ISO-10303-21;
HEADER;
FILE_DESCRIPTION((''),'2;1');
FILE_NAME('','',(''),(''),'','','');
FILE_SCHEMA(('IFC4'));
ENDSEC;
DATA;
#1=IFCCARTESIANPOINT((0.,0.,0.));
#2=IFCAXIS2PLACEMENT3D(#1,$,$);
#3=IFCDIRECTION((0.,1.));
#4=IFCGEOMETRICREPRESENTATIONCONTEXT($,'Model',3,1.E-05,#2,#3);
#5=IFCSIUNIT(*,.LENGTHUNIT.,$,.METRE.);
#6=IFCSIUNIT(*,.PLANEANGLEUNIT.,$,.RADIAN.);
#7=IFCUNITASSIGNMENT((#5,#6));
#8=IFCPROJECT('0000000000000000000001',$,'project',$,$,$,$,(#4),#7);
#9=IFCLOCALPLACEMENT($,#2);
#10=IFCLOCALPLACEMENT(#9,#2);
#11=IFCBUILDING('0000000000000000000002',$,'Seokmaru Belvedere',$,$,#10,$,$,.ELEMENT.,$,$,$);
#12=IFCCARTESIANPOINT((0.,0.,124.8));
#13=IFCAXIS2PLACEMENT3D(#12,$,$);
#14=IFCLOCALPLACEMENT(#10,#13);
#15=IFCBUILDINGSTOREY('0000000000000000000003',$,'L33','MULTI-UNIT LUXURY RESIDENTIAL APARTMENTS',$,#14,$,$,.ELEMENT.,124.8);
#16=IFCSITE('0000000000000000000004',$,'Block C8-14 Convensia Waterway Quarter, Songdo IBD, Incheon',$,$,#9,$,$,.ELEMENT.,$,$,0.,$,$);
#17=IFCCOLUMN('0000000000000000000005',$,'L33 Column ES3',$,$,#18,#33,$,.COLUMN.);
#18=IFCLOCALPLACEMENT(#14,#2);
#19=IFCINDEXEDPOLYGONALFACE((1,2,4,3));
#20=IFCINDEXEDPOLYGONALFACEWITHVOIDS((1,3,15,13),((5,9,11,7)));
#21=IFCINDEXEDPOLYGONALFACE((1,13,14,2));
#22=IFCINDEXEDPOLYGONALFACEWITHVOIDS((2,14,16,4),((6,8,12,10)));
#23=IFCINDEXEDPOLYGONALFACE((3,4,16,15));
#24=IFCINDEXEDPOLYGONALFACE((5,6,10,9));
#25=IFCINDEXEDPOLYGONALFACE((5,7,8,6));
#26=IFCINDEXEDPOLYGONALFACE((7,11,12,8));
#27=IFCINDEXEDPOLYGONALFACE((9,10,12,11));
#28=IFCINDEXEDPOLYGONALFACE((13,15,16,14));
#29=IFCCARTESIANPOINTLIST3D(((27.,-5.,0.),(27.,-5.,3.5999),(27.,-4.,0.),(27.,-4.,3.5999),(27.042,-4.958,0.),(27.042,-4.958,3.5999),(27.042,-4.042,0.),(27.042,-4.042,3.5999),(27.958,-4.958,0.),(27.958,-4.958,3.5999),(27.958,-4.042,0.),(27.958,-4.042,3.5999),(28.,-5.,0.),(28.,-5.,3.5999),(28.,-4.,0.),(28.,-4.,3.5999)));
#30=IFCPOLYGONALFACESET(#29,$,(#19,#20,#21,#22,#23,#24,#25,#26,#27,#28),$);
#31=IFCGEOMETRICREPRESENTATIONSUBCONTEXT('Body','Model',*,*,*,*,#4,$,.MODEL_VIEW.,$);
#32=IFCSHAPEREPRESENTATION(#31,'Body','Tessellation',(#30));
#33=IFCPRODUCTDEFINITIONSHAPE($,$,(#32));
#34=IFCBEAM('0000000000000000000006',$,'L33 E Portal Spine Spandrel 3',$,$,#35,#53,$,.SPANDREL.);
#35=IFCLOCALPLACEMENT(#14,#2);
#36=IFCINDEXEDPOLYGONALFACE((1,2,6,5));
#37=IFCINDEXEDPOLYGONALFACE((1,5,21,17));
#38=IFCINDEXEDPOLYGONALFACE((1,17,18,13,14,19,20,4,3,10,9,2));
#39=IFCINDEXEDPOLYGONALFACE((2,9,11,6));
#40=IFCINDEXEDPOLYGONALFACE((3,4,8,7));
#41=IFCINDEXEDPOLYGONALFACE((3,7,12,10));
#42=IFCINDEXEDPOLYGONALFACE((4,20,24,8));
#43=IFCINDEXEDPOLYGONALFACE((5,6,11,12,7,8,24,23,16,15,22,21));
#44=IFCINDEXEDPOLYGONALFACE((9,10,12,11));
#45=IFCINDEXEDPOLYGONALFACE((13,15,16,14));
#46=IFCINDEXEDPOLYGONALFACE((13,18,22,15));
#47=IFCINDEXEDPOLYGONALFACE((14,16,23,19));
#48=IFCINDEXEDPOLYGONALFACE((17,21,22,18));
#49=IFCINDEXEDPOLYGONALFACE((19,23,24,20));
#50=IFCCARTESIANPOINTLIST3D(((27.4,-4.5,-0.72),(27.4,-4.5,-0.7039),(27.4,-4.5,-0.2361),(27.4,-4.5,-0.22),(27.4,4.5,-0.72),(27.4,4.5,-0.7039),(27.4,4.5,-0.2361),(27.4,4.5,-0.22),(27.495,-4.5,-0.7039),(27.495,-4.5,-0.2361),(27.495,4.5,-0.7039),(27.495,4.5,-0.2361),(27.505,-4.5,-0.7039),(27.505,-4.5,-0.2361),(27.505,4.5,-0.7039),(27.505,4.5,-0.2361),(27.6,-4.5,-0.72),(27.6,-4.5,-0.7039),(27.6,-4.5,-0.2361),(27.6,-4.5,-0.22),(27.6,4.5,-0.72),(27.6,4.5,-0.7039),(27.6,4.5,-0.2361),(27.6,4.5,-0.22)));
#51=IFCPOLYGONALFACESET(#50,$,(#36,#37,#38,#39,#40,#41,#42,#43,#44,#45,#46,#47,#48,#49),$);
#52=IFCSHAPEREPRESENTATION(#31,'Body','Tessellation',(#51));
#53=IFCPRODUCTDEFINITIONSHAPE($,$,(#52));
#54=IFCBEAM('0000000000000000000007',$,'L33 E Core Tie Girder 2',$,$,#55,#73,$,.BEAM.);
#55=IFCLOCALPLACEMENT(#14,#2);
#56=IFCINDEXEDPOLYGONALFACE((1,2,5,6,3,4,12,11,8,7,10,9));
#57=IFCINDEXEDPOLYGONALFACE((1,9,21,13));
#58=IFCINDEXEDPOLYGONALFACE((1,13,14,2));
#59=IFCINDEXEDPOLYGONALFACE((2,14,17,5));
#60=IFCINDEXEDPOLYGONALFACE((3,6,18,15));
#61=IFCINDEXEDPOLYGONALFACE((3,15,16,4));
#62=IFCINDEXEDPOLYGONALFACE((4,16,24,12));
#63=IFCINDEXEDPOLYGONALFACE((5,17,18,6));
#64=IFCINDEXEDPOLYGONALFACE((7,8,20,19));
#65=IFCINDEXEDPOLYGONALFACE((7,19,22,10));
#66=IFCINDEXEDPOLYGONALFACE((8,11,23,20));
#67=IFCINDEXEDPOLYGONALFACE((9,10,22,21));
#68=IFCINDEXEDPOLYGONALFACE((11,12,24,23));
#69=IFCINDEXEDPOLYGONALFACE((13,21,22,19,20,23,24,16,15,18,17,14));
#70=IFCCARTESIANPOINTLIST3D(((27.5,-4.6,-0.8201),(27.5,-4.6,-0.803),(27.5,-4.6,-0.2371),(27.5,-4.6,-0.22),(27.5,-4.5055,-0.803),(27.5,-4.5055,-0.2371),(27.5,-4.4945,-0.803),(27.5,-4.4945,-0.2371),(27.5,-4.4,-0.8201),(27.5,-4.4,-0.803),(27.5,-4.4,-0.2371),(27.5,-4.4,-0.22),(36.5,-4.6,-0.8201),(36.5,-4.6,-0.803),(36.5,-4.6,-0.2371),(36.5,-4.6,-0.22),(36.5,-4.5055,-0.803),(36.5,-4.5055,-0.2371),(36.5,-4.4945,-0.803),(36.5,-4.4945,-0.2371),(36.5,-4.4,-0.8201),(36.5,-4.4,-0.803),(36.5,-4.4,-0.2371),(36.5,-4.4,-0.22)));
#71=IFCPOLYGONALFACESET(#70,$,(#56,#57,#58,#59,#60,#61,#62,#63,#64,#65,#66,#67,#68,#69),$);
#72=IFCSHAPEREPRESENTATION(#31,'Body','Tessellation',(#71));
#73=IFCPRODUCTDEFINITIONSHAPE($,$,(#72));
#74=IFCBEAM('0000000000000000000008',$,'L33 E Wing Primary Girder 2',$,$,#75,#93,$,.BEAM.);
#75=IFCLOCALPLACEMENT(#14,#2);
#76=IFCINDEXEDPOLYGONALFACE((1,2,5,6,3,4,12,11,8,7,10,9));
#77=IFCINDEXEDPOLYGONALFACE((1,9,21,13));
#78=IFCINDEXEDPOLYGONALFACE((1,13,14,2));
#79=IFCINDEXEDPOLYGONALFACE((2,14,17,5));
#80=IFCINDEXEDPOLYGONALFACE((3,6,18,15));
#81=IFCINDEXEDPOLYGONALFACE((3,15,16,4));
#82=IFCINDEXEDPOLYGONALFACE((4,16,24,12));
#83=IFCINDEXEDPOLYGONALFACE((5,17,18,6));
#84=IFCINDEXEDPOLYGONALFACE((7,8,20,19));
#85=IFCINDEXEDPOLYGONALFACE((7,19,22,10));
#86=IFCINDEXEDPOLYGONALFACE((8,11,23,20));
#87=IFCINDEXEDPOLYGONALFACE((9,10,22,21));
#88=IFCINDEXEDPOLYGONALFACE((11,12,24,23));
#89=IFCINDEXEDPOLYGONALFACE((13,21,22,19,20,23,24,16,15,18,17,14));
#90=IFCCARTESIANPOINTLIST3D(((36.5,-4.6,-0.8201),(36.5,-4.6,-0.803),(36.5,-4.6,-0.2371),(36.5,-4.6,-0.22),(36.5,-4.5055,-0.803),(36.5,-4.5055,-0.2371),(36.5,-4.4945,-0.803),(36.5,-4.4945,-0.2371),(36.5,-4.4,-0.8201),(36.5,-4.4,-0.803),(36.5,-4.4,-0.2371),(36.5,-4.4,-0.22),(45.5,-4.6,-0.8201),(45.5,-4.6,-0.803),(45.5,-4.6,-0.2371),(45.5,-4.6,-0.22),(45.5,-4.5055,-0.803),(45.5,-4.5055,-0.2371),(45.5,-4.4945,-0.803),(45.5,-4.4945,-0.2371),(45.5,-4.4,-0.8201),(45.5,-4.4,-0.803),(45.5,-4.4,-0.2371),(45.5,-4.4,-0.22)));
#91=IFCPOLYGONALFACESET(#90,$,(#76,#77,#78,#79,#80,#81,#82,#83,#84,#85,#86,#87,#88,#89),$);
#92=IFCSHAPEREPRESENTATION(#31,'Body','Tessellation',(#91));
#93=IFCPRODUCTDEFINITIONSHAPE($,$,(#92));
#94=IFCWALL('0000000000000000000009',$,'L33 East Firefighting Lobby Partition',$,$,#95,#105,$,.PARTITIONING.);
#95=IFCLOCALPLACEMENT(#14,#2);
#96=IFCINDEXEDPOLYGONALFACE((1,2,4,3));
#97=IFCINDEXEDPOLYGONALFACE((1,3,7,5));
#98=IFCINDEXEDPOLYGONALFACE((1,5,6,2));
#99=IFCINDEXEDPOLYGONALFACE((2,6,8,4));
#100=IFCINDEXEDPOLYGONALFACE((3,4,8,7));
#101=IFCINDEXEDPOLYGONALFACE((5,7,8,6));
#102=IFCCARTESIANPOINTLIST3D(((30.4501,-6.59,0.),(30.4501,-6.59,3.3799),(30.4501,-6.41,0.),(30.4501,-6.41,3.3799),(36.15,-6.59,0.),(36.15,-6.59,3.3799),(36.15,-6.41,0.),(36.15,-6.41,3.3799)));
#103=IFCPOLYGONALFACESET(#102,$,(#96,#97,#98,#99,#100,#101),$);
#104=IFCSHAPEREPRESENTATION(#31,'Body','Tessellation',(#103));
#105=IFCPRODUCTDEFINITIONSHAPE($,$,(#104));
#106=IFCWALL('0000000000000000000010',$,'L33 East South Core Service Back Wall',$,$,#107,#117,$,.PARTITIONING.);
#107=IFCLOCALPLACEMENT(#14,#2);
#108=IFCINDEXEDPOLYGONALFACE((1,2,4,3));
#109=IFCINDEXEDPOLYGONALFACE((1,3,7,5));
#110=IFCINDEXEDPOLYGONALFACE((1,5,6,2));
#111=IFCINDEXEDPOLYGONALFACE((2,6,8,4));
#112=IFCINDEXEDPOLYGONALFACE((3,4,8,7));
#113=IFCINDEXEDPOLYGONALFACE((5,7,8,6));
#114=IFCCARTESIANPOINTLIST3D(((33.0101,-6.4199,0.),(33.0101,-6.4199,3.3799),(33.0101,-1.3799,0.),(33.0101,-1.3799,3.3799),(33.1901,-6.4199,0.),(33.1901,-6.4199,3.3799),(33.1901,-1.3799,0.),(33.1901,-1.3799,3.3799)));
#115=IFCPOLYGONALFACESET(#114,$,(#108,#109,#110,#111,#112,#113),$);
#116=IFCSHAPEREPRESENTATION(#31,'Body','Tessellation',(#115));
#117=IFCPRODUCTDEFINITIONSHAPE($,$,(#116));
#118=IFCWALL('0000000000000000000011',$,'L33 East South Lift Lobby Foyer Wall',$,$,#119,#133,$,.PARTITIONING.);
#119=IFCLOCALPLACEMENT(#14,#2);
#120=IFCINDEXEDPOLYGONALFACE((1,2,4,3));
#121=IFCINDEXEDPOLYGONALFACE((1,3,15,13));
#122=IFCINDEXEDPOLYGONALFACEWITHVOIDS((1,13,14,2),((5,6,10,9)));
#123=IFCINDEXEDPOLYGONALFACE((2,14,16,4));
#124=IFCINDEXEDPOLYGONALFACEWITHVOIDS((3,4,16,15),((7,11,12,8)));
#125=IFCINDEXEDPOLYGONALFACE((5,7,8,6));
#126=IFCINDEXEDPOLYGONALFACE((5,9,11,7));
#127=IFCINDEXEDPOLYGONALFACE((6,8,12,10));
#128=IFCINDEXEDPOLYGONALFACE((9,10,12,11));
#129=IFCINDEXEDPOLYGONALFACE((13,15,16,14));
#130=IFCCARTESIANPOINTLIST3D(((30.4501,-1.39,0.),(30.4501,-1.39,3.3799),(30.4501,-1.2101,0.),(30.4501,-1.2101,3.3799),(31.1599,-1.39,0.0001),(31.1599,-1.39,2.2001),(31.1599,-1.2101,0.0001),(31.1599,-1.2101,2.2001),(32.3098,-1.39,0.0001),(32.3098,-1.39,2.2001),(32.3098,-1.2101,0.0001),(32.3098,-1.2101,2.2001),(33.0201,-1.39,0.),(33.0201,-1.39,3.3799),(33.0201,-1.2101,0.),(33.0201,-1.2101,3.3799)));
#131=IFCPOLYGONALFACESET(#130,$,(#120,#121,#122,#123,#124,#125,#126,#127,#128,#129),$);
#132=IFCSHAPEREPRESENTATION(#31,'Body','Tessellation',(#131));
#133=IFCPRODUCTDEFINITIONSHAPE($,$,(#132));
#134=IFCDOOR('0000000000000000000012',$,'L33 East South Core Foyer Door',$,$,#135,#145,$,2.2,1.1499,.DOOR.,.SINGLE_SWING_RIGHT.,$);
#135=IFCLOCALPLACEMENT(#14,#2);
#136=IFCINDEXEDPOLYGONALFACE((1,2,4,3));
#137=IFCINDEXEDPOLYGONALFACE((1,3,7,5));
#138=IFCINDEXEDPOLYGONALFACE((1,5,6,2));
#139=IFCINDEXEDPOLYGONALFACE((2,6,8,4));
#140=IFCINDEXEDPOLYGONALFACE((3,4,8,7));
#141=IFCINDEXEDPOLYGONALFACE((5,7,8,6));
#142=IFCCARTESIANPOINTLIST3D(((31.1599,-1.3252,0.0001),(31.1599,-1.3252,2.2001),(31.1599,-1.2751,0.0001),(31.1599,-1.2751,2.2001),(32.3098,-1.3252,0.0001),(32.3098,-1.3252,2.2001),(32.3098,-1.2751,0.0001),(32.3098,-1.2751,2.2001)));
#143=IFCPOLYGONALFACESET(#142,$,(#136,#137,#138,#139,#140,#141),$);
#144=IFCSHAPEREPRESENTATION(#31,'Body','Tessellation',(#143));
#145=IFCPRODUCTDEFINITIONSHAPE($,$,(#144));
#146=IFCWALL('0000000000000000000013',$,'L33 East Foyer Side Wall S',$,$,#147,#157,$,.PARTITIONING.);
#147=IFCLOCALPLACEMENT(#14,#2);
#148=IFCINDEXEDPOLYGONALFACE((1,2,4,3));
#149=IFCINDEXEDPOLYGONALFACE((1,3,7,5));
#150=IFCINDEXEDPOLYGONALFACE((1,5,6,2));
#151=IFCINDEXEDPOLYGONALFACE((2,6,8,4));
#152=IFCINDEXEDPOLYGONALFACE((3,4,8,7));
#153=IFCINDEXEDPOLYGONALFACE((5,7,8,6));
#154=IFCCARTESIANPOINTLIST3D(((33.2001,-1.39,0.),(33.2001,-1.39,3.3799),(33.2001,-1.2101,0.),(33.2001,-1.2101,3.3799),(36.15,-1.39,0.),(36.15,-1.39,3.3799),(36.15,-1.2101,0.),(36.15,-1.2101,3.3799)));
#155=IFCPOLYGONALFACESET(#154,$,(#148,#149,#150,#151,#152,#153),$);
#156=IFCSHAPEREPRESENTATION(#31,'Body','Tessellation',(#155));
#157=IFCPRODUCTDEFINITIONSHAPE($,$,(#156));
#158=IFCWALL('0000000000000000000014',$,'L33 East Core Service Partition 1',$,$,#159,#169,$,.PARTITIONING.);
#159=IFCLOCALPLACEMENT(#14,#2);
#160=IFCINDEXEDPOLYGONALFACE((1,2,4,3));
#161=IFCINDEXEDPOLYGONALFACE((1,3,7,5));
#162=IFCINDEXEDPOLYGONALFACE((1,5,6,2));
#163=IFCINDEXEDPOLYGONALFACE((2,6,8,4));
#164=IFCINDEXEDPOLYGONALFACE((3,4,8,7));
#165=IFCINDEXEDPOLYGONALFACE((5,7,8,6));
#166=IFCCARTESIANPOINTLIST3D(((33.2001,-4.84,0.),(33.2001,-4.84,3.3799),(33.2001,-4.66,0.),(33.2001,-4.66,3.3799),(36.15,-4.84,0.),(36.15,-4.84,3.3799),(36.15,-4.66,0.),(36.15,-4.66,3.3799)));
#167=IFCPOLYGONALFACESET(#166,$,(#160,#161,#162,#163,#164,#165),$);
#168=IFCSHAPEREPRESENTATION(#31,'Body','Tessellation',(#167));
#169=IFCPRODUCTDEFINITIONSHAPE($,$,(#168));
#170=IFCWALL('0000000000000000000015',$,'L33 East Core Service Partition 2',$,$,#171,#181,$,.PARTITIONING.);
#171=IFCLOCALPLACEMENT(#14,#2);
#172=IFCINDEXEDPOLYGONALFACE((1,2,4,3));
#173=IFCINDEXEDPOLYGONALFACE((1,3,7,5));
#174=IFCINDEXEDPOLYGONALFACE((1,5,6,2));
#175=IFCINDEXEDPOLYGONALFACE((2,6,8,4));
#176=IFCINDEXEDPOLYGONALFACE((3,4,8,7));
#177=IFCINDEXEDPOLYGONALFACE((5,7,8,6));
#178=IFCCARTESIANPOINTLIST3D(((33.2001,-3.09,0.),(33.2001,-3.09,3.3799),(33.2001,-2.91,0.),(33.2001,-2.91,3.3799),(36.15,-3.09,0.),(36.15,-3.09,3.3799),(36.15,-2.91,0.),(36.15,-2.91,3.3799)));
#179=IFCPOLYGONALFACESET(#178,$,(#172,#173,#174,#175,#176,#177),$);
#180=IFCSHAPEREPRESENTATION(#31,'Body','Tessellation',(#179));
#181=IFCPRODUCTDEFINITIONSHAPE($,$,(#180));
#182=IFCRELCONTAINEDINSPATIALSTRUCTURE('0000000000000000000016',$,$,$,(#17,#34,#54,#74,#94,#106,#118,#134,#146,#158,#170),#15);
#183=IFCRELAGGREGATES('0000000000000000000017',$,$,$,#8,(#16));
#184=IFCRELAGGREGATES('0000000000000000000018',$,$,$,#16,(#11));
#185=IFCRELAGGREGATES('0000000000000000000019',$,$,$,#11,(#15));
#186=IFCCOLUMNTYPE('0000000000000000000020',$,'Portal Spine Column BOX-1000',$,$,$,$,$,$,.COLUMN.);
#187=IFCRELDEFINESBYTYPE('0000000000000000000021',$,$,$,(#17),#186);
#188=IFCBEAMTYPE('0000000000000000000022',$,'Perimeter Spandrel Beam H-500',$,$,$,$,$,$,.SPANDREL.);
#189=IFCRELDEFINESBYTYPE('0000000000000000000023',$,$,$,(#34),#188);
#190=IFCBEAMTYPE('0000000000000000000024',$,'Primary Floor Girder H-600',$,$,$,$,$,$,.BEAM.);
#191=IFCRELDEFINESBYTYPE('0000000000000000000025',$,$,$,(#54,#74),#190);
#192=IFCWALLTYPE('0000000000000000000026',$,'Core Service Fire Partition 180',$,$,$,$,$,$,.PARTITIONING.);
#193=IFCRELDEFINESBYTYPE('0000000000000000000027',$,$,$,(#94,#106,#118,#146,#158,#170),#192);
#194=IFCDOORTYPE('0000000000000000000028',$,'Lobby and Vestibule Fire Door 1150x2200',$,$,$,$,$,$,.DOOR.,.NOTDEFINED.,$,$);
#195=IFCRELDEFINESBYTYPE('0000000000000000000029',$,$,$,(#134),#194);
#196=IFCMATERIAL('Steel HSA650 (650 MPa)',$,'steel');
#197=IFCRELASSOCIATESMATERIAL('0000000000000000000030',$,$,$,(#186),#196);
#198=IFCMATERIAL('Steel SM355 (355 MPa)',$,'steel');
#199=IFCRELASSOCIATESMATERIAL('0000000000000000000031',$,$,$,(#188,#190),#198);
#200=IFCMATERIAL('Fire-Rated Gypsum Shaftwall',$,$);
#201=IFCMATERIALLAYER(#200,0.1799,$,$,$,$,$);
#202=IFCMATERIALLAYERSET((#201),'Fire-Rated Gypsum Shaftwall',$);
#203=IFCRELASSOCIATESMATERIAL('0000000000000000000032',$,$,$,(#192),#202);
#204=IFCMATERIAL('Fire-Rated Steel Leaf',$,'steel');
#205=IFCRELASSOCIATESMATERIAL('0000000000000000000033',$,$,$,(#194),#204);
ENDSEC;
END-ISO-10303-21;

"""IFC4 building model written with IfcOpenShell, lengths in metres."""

from ifc_helpers import new_model, si_unit, direction, frame, frame_2d, origin, origin_2d, place, context, subcontext, project, spatial, rectangle, hollow_rectangle, i_section, extrude, source, transform, mapped, material, layer, layer_set, material_profile, profile_set, type_object, type_shapes, element, fill, save


model = new_model("IFC4")

# Units and contexts
model_context = context("Model", 3, precision=1e-05, world=origin(), true_north=direction((0.0, 1.0)))
body_context = subcontext(model_context, "Body", "Model", "MODEL_VIEW")
ifc_project = project(units=[si_unit("LENGTHUNIT", "METRE"), si_unit("PLANEANGLEUNIT", "RADIAN")], contexts=[model_context])

# Site, building, storey
site_placement = place(None, origin())
site = spatial("IfcSite", under=ifc_project, at=site_placement, Name="Block C8-14 Convensia Waterway Quarter, Songdo IBD, Incheon", CompositionType="ELEMENT", RefElevation=0.0)
building_placement = place(site_placement, origin())
building = spatial("IfcBuilding", under=site, at=building_placement, Name="Seokmaru Belvedere", CompositionType="ELEMENT")
storey_placement = place(building_placement, frame((0.0, 0.0, 124.8)))
storey = spatial("IfcBuildingStorey", under=building, at=storey_placement, Name="L33", Description="MULTI-UNIT LUXURY RESIDENTIAL APARTMENTS", CompositionType="ELEMENT", Elevation=124.8)

# Column
ifc_material_1 = material(Name="Steel HSA650 (650 MPa)", Category="steel")
ifc_material_profile_1 = material_profile(ifc_material_1, hollow_rectangle(XDim=1.0, YDim=1.0, WallThickness=0.042, at=origin_2d()), Name="BOX-1000x1000x42")
ifc_profile_set_1 = profile_set([ifc_material_profile_1], Name="Steel HSA650 (650 MPa)")
column_type = type_object("IfcColumnType", Name="Portal Spine Column BOX-1000", PredefinedType="COLUMN", material=ifc_profile_set_1)
shared_shape_1 = source(origin(), body_context, "Body", "SweptSolid", [
    extrude(hollow_rectangle(XDim=1.0, YDim=1.0, WallThickness=0.042, at=origin_2d()), origin(), (0.0, 0.0, 1.0), 3.5999),
])
type_shapes(column_type, [shared_shape_1])
column_placement = place(storey_placement, frame((27.5, -4.5, 0.0), z_axis=(0.0, 0.0, 1.0), x_axis=(1.0, 0.0, 0.0)))
element("IfcColumn", 1, at=column_placement, inside=storey, type_object=column_type, Name="L33 Column ES3", PredefinedType="COLUMN", context=body_context, shape_type="MappedRepresentation", body=[
    mapped(shared_shape_1, transform((0.0, 0.0, 0.0), scale=1.0)),
])

# Beams
ifc_material_2 = material(Name="Steel SM355 (355 MPa)", Category="steel")
ifc_material_profile_2 = material_profile(ifc_material_2, i_section(OverallWidth=0.2, OverallDepth=0.5, WebThickness=0.01, FlangeThickness=0.0161, at=origin_2d()), Name="H-500x200x10x16")
ifc_profile_set_2 = profile_set([ifc_material_profile_2], Name="Steel SM355 (355 MPa)")
beam_type_1 = type_object("IfcBeamType", Name="Perimeter Spandrel Beam H-500", PredefinedType="SPANDREL", material=ifc_profile_set_2)
shared_shape_2 = source(origin(), body_context, "Body", "SweptSolid", [
    extrude(i_section(OverallWidth=0.2, OverallDepth=0.5, WebThickness=0.01, FlangeThickness=0.0161, at=origin_2d()), origin(), (0.0, 0.0, 1.0), 9.0),
])
type_shapes(beam_type_1, [shared_shape_2])
beam_placement = place(storey_placement, frame((27.5, -4.5, -0.47), z_axis=(0.0, 1.0, 0.0), x_axis=(-1.0, 0.0, 0.0)))
element("IfcBeam", 2, at=beam_placement, inside=storey, type_object=beam_type_1, Name="L33 E Portal Spine Spandrel 3", PredefinedType="SPANDREL", context=body_context, shape_type="MappedRepresentation", body=[
    mapped(shared_shape_2, transform((0.0, 0.0, 0.0), scale=1.0)),
])
ifc_material_profile_3 = material_profile(ifc_material_2, i_section(OverallWidth=0.2, OverallDepth=0.6001, WebThickness=0.011, FlangeThickness=0.0171, at=origin_2d()), Name="H-600x200x11x17")
ifc_profile_set_3 = profile_set([ifc_material_profile_3], Name="Steel SM355 (355 MPa)")
beam_type_2 = type_object("IfcBeamType", Name="Primary Floor Girder H-600", PredefinedType="BEAM", material=ifc_profile_set_3)
shared_shape_3 = source(origin(), body_context, "Body", "SweptSolid", [
    extrude(i_section(OverallWidth=0.2, OverallDepth=0.6001, WebThickness=0.011, FlangeThickness=0.0171, at=origin_2d()), origin(), (0.0, 0.0, 1.0), 9.0),
])
type_shapes(beam_type_2, [shared_shape_3])
for number, where, z_axis, x_axis, name in (
    (3, (27.5, -4.5, -0.52), (1.0, 0.0, 0.0), (0.0, 1.0, 0.0), "L33 E Core Tie Girder 2"),
    (4, (36.5, -4.5, -0.52), (1.0, 0.0, 0.0), (0.0, 1.0, 0.0), "L33 E Wing Primary Girder 2"),
):
    element("IfcBeam", number, at=place(storey_placement, frame(where, z_axis=z_axis, x_axis=x_axis)), inside=storey, type_object=beam_type_2, Name=name, PredefinedType="BEAM", context=body_context, shape_type="MappedRepresentation", body=[
        mapped(shared_shape_3, transform((0.0, 0.0, 0.0), scale=1.0)),
    ])

# Walls
ifc_material_3 = material(Name="Fire-Rated Gypsum Shaftwall")
ifc_layer_1 = layer(ifc_material_3, 0.1799)
ifc_layer_set_1 = layer_set([ifc_layer_1], Name="Fire-Rated Gypsum Shaftwall")
wall_type_1 = type_object("IfcWallType", Name="Core Service Fire Partition 180", PredefinedType="PARTITIONING", material=ifc_layer_set_1)
wall_1_placement = place(storey_placement, frame((30.45, -6.5, 0.0), z_axis=(0.0, 0.0, 1.0), x_axis=(1.0, 0.0, 0.0)))
element("IfcWall", 5, at=wall_1_placement, inside=storey, type_object=wall_type_1, Name="L33 East Firefighting Lobby Partition", PredefinedType="PARTITIONING", context=body_context, shape_type="SweptSolid", body=[
    extrude(rectangle(XDim=5.7, YDim=0.1799, at=frame_2d((2.8501, 0.0))), origin(), (0.0, 0.0, 1.0), 3.3799),
])
wall_2_placement = place(storey_placement, frame((33.1001, -6.4199, 0.0), z_axis=(0.0, 0.0, 1.0), x_axis=(0.0, 1.0, 0.0)))
element("IfcWall", 6, at=wall_2_placement, inside=storey, type_object=wall_type_1, Name="L33 East South Core Service Back Wall", PredefinedType="PARTITIONING", context=body_context, shape_type="SweptSolid", body=[
    extrude(rectangle(XDim=5.04, YDim=0.1799, at=frame_2d((2.52, 0.0))), origin(), (0.0, 0.0, 1.0), 3.3799),
])

# Wall, opening, door
wall_3_placement = place(storey_placement, frame((30.45, -1.3, 0.0), z_axis=(0.0, 0.0, 1.0), x_axis=(1.0, 0.0, 0.0)))
wall_3 = element("IfcWall", 7, at=wall_3_placement, inside=storey, type_object=wall_type_1, Name="L33 East South Lift Lobby Foyer Wall", PredefinedType="PARTITIONING", context=body_context, shape_type="SweptSolid", body=[
    extrude(rectangle(XDim=2.5701, YDim=0.1799, at=frame_2d((1.2852, 0.0))), origin(), (0.0, 0.0, 1.0), 3.3799),
])
opening_1_placement = place(wall_3_placement, frame((0.71, 0.0, 0.0)))
opening_1 = element("IfcOpeningElement", 8, at=opening_1_placement, cuts=wall_3, PredefinedType="OPENING", context=body_context, shape_type="SweptSolid", body=[
    extrude(rectangle(XDim=1.1499, YDim=2.2, at=frame_2d((0.575, 1.1001))), frame((0.0, 0.1001, 0.0), z_axis=(0.0, -1.0, 0.0), x_axis=(1.0, 0.0, 0.0)), (0.0, 0.0, 1.0), 0.2),
])
ifc_material_4 = material(Name="Fire-Rated Steel Leaf", Category="steel")
door_type_1 = type_object("IfcDoorType", Name="Lobby and Vestibule Fire Door 1150x2200", OperationType="NOTDEFINED", PredefinedType="DOOR", material=ifc_material_4)
shared_shape_4 = source(origin(), body_context, "Body", "SweptSolid", [
    extrude(rectangle(XDim=1.1499, YDim=2.2, at=frame_2d((0.575, 1.1001))), frame((0.0, 0.0249, 0.0), z_axis=(0.0, -1.0, 0.0), x_axis=(1.0, 0.0, 0.0)), (0.0, 0.0, 1.0), 0.05),
])
type_shapes(door_type_1, [shared_shape_4])
door_1_placement = place(opening_1_placement, origin())
door_1 = element("IfcDoor", 9, at=door_1_placement, inside=storey, type_object=door_type_1, Name="L33 East South Core Foyer Door", OperationType="SINGLE_SWING_RIGHT", OverallHeight=2.2, OverallWidth=1.1499, PredefinedType="DOOR", context=body_context, shape_type="MappedRepresentation", body=[
    mapped(shared_shape_4, transform((0.0, 0.0, 0.0), scale=1.0)),
])
fill(opening_1, door_1)

# Walls
for number, where, z_axis, x_axis, name in (
    (10, (33.2, -1.3, 0.0), (0.0, 0.0, 1.0), (1.0, 0.0, 0.0), "L33 East Foyer Side Wall S"),
    (11, (33.2, -4.75, 0.0), (0.0, 0.0, 1.0), (1.0, 0.0, 0.0), "L33 East Core Service Partition 1"),
    (12, (33.2, -3.0, 0.0), (0.0, 0.0, 1.0), (1.0, 0.0, 0.0), "L33 East Core Service Partition 2"),
):
    element("IfcWall", number, at=place(storey_placement, frame(where, z_axis=z_axis, x_axis=x_axis)), inside=storey, type_object=wall_type_1, Name=name, PredefinedType="PARTITIONING", context=body_context, shape_type="SweptSolid", body=[
        extrude(rectangle(XDim=2.95, YDim=0.1799, at=frame_2d((1.4751, 0.0))), origin(), (0.0, 0.0, 1.0), 3.3799),
    ])

save(model, "model.ifc")
